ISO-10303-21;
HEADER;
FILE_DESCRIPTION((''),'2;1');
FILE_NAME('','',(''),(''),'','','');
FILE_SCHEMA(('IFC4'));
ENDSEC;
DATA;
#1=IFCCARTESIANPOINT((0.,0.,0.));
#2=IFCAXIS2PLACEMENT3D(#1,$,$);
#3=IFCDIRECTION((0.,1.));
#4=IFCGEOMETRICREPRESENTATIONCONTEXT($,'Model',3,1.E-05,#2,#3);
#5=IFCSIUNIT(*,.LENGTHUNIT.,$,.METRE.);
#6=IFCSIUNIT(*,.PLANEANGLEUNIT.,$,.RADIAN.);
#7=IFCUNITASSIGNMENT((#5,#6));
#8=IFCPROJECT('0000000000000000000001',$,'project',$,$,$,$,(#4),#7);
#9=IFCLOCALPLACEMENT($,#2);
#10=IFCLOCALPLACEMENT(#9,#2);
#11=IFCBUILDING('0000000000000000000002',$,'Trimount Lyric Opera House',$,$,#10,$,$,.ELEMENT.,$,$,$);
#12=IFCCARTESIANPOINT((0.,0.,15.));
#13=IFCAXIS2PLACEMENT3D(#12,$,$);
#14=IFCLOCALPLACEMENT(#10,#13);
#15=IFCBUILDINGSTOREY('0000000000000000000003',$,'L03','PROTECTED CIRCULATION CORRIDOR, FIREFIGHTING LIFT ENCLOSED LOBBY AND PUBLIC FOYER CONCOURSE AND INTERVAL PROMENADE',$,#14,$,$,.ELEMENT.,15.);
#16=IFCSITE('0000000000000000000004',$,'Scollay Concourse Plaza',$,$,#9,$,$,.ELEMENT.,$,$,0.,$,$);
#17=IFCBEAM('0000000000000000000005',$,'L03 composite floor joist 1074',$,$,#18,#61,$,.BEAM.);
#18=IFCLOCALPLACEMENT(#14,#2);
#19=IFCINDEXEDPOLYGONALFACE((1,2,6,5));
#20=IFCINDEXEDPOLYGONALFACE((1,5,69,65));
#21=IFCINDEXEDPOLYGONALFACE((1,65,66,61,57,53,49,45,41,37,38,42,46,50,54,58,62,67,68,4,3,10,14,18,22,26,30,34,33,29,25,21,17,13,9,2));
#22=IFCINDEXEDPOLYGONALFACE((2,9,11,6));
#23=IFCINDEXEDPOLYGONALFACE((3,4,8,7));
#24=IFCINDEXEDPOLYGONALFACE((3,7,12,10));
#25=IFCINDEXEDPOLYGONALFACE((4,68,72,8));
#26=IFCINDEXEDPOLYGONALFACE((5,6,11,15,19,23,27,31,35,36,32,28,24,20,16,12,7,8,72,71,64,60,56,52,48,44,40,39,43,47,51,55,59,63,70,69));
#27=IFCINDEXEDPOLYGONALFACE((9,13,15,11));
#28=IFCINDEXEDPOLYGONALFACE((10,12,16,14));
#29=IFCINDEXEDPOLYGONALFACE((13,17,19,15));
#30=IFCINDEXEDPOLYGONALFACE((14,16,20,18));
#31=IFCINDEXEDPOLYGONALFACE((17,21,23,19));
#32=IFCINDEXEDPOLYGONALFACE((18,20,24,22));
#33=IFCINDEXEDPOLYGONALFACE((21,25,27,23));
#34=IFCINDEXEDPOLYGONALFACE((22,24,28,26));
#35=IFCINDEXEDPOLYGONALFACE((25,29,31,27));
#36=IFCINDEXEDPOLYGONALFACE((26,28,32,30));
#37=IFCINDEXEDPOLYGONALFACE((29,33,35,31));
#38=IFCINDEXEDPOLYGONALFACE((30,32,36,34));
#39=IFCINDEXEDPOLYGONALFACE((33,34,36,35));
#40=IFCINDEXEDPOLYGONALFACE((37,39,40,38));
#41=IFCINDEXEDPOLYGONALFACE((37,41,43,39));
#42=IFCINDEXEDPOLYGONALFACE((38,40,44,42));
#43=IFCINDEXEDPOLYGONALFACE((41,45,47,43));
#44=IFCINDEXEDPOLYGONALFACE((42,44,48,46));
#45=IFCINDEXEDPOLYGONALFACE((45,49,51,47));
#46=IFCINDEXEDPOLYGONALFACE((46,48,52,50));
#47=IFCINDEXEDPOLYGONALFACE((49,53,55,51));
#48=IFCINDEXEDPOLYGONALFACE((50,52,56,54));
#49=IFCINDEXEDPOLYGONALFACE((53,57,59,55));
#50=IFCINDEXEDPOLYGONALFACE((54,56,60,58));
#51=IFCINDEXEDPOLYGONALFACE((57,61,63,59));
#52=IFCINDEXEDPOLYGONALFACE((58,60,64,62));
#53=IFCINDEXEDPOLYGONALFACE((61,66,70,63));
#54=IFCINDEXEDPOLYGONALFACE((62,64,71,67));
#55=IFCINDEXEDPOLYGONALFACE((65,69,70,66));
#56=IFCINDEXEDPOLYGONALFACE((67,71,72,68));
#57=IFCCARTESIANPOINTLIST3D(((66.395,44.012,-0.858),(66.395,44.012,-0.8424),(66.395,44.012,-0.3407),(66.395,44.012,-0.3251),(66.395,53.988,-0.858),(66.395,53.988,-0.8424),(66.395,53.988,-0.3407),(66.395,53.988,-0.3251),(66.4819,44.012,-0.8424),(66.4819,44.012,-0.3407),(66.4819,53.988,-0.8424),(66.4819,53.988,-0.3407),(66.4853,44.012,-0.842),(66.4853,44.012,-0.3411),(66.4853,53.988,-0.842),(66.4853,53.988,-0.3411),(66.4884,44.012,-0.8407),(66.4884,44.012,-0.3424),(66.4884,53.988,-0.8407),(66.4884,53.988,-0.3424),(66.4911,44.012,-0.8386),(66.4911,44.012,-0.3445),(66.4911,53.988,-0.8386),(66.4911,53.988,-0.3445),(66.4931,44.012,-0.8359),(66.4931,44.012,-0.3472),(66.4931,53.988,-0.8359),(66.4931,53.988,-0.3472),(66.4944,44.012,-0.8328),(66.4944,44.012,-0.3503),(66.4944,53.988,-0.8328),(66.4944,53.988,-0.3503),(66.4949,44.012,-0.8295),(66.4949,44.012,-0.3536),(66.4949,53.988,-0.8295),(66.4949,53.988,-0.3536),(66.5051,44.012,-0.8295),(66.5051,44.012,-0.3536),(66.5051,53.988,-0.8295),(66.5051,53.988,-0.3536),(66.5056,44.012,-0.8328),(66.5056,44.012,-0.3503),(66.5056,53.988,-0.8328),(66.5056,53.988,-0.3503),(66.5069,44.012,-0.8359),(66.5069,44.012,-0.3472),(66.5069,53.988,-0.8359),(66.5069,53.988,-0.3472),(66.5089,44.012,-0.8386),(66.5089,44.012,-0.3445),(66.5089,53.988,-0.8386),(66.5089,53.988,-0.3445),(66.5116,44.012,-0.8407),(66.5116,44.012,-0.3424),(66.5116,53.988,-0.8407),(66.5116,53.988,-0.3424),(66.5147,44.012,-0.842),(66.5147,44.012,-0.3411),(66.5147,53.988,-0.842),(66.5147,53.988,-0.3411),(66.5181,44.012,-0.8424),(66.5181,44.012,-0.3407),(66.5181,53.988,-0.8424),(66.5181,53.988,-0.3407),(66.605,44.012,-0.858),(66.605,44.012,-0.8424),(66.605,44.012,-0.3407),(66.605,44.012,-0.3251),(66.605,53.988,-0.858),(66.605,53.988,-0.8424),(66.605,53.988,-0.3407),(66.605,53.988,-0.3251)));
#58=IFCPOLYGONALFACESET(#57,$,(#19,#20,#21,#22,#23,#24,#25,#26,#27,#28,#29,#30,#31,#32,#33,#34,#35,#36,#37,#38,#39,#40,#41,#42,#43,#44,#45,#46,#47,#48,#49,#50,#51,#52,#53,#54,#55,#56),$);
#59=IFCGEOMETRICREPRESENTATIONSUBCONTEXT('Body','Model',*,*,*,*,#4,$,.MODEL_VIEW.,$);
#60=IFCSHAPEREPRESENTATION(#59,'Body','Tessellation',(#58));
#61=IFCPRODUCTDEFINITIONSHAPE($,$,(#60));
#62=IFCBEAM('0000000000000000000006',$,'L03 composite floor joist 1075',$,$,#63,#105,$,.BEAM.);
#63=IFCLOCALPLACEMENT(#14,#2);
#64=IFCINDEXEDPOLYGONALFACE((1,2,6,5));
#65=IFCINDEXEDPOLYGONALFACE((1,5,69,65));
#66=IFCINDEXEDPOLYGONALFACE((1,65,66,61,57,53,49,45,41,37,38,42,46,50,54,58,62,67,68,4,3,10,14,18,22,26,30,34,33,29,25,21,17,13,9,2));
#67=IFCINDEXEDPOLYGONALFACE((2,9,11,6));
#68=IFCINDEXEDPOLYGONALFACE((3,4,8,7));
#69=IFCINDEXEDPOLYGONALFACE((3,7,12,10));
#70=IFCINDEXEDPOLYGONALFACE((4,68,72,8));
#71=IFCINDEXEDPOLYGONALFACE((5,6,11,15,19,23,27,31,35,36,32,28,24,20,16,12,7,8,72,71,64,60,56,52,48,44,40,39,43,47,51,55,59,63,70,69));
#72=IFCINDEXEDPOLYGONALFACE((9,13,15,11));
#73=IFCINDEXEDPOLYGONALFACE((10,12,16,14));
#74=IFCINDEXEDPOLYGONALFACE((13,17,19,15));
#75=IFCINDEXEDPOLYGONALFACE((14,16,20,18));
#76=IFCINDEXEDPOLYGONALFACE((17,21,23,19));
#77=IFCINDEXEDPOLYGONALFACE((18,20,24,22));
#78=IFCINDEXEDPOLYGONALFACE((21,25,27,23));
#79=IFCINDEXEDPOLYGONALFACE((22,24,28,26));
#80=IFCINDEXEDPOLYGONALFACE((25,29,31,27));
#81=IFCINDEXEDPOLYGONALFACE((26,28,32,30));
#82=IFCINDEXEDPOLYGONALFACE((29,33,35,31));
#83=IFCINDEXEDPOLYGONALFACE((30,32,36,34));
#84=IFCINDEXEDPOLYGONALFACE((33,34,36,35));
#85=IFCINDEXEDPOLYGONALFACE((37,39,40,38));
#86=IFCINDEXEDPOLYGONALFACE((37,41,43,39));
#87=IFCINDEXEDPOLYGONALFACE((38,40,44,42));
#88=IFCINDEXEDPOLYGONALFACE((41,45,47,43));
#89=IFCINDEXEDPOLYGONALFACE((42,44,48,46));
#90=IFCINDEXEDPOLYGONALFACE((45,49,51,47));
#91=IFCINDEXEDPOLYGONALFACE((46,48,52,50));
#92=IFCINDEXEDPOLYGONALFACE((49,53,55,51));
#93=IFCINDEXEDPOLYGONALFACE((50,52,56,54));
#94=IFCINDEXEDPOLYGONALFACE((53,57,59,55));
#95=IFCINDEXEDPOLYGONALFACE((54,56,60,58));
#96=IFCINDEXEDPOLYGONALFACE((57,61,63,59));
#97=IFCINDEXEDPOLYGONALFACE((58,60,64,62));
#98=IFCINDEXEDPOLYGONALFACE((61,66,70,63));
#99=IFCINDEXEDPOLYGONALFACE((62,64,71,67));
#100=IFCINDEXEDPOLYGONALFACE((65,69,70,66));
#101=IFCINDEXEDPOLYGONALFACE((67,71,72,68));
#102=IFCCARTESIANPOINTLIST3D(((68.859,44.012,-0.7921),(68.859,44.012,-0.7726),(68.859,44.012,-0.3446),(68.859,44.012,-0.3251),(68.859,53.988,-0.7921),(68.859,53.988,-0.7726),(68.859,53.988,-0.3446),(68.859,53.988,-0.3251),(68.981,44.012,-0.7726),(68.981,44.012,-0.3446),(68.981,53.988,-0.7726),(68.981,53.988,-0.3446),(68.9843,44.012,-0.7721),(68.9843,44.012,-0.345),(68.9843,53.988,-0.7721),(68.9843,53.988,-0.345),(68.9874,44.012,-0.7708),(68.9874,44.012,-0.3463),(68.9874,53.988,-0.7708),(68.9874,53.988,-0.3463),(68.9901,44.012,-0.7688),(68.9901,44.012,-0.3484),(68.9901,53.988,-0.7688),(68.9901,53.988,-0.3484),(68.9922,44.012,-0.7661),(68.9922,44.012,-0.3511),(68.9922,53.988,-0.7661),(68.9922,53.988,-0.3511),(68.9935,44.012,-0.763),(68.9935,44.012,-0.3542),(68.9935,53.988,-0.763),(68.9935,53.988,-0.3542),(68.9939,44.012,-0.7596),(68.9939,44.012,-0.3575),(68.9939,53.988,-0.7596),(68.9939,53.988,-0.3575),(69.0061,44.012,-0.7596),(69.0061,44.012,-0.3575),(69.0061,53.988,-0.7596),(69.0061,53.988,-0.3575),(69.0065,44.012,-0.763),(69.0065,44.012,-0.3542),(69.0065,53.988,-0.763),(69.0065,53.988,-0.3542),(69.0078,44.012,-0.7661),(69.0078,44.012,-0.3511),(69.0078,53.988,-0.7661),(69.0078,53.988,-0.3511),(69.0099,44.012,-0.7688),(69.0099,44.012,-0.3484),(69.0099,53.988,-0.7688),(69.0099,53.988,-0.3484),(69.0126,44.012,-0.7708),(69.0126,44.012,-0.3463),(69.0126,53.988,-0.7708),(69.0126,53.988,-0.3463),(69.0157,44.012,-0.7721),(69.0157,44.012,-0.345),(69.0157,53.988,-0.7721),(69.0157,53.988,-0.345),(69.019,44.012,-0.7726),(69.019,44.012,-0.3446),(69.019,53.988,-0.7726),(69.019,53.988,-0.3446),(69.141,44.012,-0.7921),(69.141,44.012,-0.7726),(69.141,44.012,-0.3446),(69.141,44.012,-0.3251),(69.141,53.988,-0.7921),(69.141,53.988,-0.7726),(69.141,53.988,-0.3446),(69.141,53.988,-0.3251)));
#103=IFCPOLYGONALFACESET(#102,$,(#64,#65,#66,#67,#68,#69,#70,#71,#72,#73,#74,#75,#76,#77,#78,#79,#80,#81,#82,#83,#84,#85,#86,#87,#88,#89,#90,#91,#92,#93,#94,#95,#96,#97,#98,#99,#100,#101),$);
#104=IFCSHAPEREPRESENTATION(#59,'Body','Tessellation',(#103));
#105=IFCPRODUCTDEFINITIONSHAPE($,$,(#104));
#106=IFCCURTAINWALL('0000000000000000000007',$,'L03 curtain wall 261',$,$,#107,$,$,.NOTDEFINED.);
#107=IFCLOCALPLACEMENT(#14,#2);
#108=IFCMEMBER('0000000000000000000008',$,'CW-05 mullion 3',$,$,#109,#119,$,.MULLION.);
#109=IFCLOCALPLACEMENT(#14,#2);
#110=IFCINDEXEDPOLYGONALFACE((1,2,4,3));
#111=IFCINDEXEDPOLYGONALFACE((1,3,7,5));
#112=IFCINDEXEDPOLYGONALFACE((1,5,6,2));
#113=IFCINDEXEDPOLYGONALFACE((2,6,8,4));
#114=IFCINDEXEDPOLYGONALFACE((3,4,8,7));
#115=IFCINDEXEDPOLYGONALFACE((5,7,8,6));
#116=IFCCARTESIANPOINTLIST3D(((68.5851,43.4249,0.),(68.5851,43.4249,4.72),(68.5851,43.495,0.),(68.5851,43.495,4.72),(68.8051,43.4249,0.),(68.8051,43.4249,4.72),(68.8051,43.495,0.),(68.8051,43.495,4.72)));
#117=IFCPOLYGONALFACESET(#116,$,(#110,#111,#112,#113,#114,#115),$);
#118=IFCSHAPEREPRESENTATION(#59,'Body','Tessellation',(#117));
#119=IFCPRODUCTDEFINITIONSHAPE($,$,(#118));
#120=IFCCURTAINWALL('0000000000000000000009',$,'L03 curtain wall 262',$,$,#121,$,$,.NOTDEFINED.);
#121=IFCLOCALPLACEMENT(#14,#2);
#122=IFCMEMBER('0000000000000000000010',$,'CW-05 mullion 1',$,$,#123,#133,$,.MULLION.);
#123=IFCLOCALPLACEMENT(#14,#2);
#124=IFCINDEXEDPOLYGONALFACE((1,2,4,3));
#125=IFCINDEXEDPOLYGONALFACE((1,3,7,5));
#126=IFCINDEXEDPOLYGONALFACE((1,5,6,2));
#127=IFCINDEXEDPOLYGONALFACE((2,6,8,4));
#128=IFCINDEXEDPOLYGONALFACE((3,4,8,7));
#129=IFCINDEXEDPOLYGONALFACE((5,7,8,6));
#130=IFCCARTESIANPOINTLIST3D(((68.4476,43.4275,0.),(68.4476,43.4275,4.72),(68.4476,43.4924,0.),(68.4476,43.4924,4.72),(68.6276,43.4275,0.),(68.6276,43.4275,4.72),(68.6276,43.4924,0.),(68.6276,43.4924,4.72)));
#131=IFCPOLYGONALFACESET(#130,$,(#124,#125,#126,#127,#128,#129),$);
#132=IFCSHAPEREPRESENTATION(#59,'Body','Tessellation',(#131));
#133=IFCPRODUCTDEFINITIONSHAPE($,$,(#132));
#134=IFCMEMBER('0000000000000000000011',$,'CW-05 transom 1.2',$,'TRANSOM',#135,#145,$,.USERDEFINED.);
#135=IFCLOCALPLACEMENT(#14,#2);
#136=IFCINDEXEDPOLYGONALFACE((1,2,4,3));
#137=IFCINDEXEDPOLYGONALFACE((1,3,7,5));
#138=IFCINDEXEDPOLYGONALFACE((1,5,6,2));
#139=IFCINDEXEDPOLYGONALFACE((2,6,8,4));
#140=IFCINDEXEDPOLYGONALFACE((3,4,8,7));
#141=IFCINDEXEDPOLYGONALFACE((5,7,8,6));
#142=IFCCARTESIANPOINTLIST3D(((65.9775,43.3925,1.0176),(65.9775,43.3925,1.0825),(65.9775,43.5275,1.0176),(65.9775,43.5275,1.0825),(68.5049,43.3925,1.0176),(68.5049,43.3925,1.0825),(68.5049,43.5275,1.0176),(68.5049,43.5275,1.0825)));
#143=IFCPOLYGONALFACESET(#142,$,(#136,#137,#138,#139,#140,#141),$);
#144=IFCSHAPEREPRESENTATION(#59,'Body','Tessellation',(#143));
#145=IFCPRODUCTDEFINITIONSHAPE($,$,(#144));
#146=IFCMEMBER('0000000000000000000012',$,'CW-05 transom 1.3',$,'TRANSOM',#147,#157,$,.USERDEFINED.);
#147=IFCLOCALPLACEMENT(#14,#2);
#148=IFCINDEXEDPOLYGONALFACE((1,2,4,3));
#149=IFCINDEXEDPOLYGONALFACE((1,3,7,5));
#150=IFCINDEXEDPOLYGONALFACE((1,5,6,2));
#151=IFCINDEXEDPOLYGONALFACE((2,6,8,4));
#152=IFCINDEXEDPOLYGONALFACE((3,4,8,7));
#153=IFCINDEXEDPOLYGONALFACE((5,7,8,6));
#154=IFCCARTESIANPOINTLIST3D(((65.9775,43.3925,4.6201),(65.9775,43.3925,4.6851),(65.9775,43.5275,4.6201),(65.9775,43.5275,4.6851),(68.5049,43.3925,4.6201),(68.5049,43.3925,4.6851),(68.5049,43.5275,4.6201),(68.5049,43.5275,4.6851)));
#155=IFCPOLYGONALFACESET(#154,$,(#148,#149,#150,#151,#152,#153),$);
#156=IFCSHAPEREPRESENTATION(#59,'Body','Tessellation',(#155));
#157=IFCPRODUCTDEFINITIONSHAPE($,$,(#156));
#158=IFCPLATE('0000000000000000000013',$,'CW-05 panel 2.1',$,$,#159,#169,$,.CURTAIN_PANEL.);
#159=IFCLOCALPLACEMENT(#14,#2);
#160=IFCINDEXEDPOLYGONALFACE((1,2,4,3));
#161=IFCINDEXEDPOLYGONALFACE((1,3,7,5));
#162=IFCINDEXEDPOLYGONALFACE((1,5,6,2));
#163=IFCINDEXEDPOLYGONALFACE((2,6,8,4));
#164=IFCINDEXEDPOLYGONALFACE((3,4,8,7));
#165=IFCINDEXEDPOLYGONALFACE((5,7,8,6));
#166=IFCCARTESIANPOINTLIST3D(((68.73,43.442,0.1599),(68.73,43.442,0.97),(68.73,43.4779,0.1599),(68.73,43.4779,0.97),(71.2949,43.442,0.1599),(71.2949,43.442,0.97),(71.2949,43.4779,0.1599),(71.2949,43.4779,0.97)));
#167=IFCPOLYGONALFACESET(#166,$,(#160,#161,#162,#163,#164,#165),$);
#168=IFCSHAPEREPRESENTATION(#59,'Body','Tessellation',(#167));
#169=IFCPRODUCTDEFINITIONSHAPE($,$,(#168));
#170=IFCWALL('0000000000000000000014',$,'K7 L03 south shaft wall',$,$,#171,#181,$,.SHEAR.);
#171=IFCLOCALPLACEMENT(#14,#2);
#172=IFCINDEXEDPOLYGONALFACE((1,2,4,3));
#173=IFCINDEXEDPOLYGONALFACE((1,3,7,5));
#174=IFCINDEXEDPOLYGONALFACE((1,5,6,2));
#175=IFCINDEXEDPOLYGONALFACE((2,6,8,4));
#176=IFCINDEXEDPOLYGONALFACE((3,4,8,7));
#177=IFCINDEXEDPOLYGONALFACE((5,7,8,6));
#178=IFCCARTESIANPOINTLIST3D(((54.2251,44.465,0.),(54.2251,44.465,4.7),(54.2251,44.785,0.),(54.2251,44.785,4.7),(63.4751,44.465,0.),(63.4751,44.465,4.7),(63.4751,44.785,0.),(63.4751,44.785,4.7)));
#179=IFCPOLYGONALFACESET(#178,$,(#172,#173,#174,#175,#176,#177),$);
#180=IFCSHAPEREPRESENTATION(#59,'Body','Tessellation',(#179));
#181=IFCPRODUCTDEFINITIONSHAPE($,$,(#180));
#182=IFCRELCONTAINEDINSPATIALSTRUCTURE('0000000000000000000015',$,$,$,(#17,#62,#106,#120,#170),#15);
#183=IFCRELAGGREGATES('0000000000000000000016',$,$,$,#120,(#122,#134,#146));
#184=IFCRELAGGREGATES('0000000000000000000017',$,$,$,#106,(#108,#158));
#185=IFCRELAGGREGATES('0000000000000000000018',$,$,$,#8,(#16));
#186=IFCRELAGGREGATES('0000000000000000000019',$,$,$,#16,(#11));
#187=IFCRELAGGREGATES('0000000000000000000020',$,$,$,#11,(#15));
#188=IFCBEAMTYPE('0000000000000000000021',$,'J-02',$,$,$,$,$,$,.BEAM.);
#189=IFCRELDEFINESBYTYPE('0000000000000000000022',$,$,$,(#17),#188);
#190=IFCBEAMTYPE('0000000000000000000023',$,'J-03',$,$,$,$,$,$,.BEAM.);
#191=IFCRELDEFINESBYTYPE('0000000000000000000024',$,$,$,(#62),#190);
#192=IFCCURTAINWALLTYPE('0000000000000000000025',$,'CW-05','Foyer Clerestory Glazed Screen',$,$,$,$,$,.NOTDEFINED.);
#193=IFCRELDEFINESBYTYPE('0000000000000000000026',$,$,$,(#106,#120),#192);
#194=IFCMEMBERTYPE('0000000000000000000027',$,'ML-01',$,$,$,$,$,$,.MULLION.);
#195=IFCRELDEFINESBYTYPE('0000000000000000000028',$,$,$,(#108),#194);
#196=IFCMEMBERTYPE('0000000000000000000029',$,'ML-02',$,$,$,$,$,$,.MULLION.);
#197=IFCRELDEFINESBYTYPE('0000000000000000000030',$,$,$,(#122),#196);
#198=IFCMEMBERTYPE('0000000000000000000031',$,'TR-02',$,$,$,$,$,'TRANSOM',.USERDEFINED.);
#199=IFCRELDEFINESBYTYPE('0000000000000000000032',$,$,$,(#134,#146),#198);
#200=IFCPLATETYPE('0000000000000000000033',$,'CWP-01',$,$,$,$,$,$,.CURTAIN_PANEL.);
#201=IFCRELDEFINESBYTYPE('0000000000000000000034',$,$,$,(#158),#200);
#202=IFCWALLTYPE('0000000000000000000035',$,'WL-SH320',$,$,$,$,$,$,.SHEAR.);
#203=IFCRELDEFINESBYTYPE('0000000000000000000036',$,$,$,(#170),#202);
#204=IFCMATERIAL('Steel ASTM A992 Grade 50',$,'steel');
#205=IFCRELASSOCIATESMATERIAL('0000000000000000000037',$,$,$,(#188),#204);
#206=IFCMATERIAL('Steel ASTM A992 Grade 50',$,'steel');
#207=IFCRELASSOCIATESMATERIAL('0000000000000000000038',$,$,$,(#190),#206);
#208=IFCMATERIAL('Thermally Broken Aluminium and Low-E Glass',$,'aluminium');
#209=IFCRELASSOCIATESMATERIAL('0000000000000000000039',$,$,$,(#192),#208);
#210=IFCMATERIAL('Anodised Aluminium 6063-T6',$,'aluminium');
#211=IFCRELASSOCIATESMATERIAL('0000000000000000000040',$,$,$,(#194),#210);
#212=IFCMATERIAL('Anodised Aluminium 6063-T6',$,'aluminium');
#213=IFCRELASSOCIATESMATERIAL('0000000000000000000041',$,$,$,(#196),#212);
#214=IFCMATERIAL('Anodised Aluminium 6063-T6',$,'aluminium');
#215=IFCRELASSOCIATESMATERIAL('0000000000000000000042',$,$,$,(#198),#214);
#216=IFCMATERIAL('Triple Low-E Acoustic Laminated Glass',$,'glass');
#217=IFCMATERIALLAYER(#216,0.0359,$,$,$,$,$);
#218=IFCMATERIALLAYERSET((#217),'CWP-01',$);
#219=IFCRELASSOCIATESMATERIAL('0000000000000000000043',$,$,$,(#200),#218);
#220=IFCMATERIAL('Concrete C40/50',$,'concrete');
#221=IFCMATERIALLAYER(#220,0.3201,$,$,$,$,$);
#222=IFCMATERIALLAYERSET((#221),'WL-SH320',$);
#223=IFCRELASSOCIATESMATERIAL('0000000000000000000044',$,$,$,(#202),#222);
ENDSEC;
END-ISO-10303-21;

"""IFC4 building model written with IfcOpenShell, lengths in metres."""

from ifc_helpers import new_model, si_unit, direction, frame, frame_2d, origin, origin_2d, place, context, subcontext, project, spatial, rectangle, i_section, extrude, material, layer, layer_set, material_profile, profile_set, type_object, element, aggregate, save


model = new_model("IFC4")

# Units and contexts
model_context = context("Model", 3, precision=1e-05, world=origin(), true_north=direction((0.0, 1.0)))
body_context = subcontext(model_context, "Body", "Model", "MODEL_VIEW")
ifc_project = project(units=[si_unit("LENGTHUNIT", "METRE"), si_unit("PLANEANGLEUNIT", "RADIAN")], contexts=[model_context])

# Site, building, storey
site_placement = place(None, origin())
site = spatial("IfcSite", under=ifc_project, at=site_placement, Name="Scollay Concourse Plaza", CompositionType="ELEMENT", RefElevation=0.0)
building_placement = place(site_placement, origin())
building = spatial("IfcBuilding", under=site, at=building_placement, Name="Trimount Lyric Opera House", CompositionType="ELEMENT")
storey_placement = place(building_placement, frame((0.0, 0.0, 15.0)))
storey = spatial("IfcBuildingStorey", under=building, at=storey_placement, Name="L03", Description="PROTECTED CIRCULATION CORRIDOR, FIREFIGHTING LIFT ENCLOSED LOBBY AND PUBLIC FOYER CONCOURSE AND INTERVAL PROMENADE", CompositionType="ELEMENT", Elevation=15.0)

# Beams
ifc_material_1 = material(Name="Steel ASTM A992 Grade 50", Category="steel")
ifc_material_profile_1 = material_profile(ifc_material_1, i_section(OverallWidth=0.21, OverallDepth=0.533, WebThickness=0.0103, FlangeThickness=0.0156, FilletRadius=0.0129, at=origin_2d()), Name="W21X62")
ifc_profile_set_1 = profile_set([ifc_material_profile_1], Name="Steel ASTM A992 Grade 50")
beam_type_1 = type_object("IfcBeamType", Name="J-02", PredefinedType="BEAM", material=ifc_profile_set_1)
beam_1_placement = place(storey_placement, frame((66.5, 44.012, -0.5916), z_axis=(0.0, 1.0, 0.0), x_axis=(-1.0, 0.0, 0.0)))
element("IfcBeam", 1, at=beam_1_placement, inside=storey, type_object=beam_type_1, Name="L03 composite floor joist 1074", PredefinedType="BEAM", context=body_context, shape_type="SweptSolid", body=[
    extrude(i_section(OverallWidth=0.21, OverallDepth=0.533, WebThickness=0.0103, FlangeThickness=0.0156, FilletRadius=0.0129, at=origin_2d()), origin(), (0.0, 0.0, 1.0), 9.9761),
])
ifc_material_2 = material(Name="Steel ASTM A992 Grade 50", Category="steel")
ifc_material_profile_2 = material_profile(ifc_material_2, i_section(OverallWidth=0.282, OverallDepth=0.467, WebThickness=0.0122, FlangeThickness=0.0195, FilletRadius=0.0129, at=origin_2d()), Name="W18X86")
ifc_profile_set_2 = profile_set([ifc_material_profile_2], Name="Steel ASTM A992 Grade 50")
beam_type_2 = type_object("IfcBeamType", Name="J-03", PredefinedType="BEAM", material=ifc_profile_set_2)
beam_2_placement = place(storey_placement, frame((69.0, 44.012, -0.5586), z_axis=(0.0, 1.0, 0.0), x_axis=(-1.0, 0.0, 0.0)))
element("IfcBeam", 2, at=beam_2_placement, inside=storey, type_object=beam_type_2, Name="L03 composite floor joist 1075", PredefinedType="BEAM", context=body_context, shape_type="SweptSolid", body=[
    extrude(i_section(OverallWidth=0.282, OverallDepth=0.467, WebThickness=0.0122, FlangeThickness=0.0195, FilletRadius=0.0129, at=origin_2d()), origin(), (0.0, 0.0, 1.0), 9.9761),
])

# Curtain wall, member
ifc_material_3 = material(Name="Thermally Broken Aluminium and Low-E Glass", Category="aluminium")
curtain_wall_type = type_object("IfcCurtainWallType", Name="CW-05", Description="Foyer Clerestory Glazed Screen", PredefinedType="NOTDEFINED", material=ifc_material_3)
curtain_wall_1_placement = place(storey_placement, origin())
curtain_wall_1 = element("IfcCurtainWall", 3, at=curtain_wall_1_placement, inside=storey, type_object=curtain_wall_type, Name="L03 curtain wall 261", PredefinedType="NOTDEFINED")
ifc_material_4 = material(Name="Anodised Aluminium 6063-T6", Category="aluminium")
ifc_material_profile_3 = material_profile(ifc_material_4, rectangle(XDim=0.0701, YDim=0.22, at=origin_2d()), Name="ALU-MULL-70X220")
ifc_profile_set_3 = profile_set([ifc_material_profile_3], Name="Anodised Aluminium 6063-T6")
member_type_1 = type_object("IfcMemberType", Name="ML-01", PredefinedType="MULLION", material=ifc_profile_set_3)
member_1_placement = place(storey_placement, frame((68.6951, 43.46, 0.0), z_axis=(0.0, 0.0, 1.0), x_axis=(0.0, -1.0, 0.0)))
member_1 = element("IfcMember", 4, at=member_1_placement, type_object=member_type_1, Name="CW-05 mullion 3", PredefinedType="MULLION", context=body_context, shape_type="SweptSolid", body=[
    extrude(rectangle(XDim=0.0701, YDim=0.22, at=origin_2d()), origin(), (0.0, 0.0, 1.0), 4.72),
])

# Curtain wall, members
curtain_wall_2_placement = place(storey_placement, origin())
curtain_wall_2 = element("IfcCurtainWall", 5, at=curtain_wall_2_placement, inside=storey, type_object=curtain_wall_type, Name="L03 curtain wall 262", PredefinedType="NOTDEFINED")
ifc_material_5 = material(Name="Anodised Aluminium 6063-T6", Category="aluminium")
ifc_material_profile_4 = material_profile(ifc_material_5, rectangle(XDim=0.0649, YDim=0.1799, at=origin_2d()), Name="ALU-MULL-65X180")
ifc_profile_set_4 = profile_set([ifc_material_profile_4], Name="Anodised Aluminium 6063-T6")
member_type_2 = type_object("IfcMemberType", Name="ML-02", PredefinedType="MULLION", material=ifc_profile_set_4)
member_2_placement = place(storey_placement, frame((68.5376, 43.46, 0.0), z_axis=(0.0, 0.0, 1.0), x_axis=(0.0, -1.0, 0.0)))
member_2 = element("IfcMember", 6, at=member_2_placement, type_object=member_type_2, Name="CW-05 mullion 1", PredefinedType="MULLION", context=body_context, shape_type="SweptSolid", body=[
    extrude(rectangle(XDim=0.0649, YDim=0.1799, at=origin_2d()), origin(), (0.0, 0.0, 1.0), 4.72),
])
ifc_material_6 = material(Name="Anodised Aluminium 6063-T6", Category="aluminium")
ifc_material_profile_5 = material_profile(ifc_material_6, rectangle(XDim=0.135, YDim=0.0649, at=origin_2d()), Name="ALU-TRAN-65X135")
ifc_profile_set_5 = profile_set([ifc_material_profile_5], Name="Anodised Aluminium 6063-T6")
member_type_3 = type_object("IfcMemberType", Name="TR-02", ElementType="TRANSOM", PredefinedType="USERDEFINED", material=ifc_profile_set_5)
member_3_placement = place(storey_placement, frame((68.5049, 43.46, 1.05), z_axis=(-1.0, 0.0, 0.0), x_axis=(0.0, -1.0, 0.0)))
member_3 = element("IfcMember", 7, at=member_3_placement, type_object=member_type_3, Name="CW-05 transom 1.2", ObjectType="TRANSOM", PredefinedType="USERDEFINED", context=body_context, shape_type="SweptSolid", body=[
    extrude(rectangle(XDim=0.135, YDim=0.0649, at=origin_2d()), origin(), (0.0, 0.0, 1.0), 2.5273),
])
member_4_placement = place(storey_placement, frame((68.5049, 43.46, 4.6526), z_axis=(-1.0, 0.0, 0.0), x_axis=(0.0, -1.0, 0.0)))
member_4 = element("IfcMember", 8, at=member_4_placement, type_object=member_type_3, Name="CW-05 transom 1.3", ObjectType="TRANSOM", PredefinedType="USERDEFINED", context=body_context, shape_type="SweptSolid", body=[
    extrude(rectangle(XDim=0.135, YDim=0.0649, at=origin_2d()), origin(), (0.0, 0.0, 1.0), 2.5273),
])
aggregate(curtain_wall_2, [member_2, member_3, member_4])

# Plate
ifc_material_7 = material(Name="Triple Low-E Acoustic Laminated Glass", Category="glass")
ifc_layer_1 = layer(ifc_material_7, 0.0359)
ifc_layer_set_1 = layer_set([ifc_layer_1], Name="CWP-01")
plate_type = type_object("IfcPlateType", Name="CWP-01", PredefinedType="CURTAIN_PANEL", material=ifc_layer_set_1)
plate_placement = place(storey_placement, frame((70.0125, 43.46, 0.1599), z_axis=(0.0, 0.0, 1.0), x_axis=(-1.0, 0.0, 0.0)))
plate = element("IfcPlate", 9, at=plate_placement, type_object=plate_type, Name="CW-05 panel 2.1", PredefinedType="CURTAIN_PANEL", context=body_context, shape_type="SweptSolid", body=[
    extrude(rectangle(XDim=2.5649, YDim=0.0359, at=origin_2d()), origin(), (0.0, 0.0, 1.0), 0.8101),
])
aggregate(curtain_wall_1, [member_1, plate])

# Wall
ifc_material_8 = material(Name="Concrete C40/50", Category="concrete")
ifc_layer_2 = layer(ifc_material_8, 0.3201)
ifc_layer_set_2 = layer_set([ifc_layer_2], Name="WL-SH320")
wall_type = type_object("IfcWallType", Name="WL-SH320", PredefinedType="SHEAR", material=ifc_layer_set_2)
wall_1_placement = place(storey_placement, frame((54.2251, 44.625, 0.0), z_axis=(0.0, 0.0, 1.0), x_axis=(1.0, 0.0, 0.0)))
element("IfcWall", 10, at=wall_1_placement, inside=storey, type_object=wall_type, Name="K7 L03 south shaft wall", PredefinedType="SHEAR", context=body_context, shape_type="SweptSolid", body=[
    extrude(rectangle(XDim=9.25, YDim=0.3201, at=frame_2d((4.625, 0.0))), origin(), (0.0, 0.0, 1.0), 4.7),
])

save(model, "model.ifc")
